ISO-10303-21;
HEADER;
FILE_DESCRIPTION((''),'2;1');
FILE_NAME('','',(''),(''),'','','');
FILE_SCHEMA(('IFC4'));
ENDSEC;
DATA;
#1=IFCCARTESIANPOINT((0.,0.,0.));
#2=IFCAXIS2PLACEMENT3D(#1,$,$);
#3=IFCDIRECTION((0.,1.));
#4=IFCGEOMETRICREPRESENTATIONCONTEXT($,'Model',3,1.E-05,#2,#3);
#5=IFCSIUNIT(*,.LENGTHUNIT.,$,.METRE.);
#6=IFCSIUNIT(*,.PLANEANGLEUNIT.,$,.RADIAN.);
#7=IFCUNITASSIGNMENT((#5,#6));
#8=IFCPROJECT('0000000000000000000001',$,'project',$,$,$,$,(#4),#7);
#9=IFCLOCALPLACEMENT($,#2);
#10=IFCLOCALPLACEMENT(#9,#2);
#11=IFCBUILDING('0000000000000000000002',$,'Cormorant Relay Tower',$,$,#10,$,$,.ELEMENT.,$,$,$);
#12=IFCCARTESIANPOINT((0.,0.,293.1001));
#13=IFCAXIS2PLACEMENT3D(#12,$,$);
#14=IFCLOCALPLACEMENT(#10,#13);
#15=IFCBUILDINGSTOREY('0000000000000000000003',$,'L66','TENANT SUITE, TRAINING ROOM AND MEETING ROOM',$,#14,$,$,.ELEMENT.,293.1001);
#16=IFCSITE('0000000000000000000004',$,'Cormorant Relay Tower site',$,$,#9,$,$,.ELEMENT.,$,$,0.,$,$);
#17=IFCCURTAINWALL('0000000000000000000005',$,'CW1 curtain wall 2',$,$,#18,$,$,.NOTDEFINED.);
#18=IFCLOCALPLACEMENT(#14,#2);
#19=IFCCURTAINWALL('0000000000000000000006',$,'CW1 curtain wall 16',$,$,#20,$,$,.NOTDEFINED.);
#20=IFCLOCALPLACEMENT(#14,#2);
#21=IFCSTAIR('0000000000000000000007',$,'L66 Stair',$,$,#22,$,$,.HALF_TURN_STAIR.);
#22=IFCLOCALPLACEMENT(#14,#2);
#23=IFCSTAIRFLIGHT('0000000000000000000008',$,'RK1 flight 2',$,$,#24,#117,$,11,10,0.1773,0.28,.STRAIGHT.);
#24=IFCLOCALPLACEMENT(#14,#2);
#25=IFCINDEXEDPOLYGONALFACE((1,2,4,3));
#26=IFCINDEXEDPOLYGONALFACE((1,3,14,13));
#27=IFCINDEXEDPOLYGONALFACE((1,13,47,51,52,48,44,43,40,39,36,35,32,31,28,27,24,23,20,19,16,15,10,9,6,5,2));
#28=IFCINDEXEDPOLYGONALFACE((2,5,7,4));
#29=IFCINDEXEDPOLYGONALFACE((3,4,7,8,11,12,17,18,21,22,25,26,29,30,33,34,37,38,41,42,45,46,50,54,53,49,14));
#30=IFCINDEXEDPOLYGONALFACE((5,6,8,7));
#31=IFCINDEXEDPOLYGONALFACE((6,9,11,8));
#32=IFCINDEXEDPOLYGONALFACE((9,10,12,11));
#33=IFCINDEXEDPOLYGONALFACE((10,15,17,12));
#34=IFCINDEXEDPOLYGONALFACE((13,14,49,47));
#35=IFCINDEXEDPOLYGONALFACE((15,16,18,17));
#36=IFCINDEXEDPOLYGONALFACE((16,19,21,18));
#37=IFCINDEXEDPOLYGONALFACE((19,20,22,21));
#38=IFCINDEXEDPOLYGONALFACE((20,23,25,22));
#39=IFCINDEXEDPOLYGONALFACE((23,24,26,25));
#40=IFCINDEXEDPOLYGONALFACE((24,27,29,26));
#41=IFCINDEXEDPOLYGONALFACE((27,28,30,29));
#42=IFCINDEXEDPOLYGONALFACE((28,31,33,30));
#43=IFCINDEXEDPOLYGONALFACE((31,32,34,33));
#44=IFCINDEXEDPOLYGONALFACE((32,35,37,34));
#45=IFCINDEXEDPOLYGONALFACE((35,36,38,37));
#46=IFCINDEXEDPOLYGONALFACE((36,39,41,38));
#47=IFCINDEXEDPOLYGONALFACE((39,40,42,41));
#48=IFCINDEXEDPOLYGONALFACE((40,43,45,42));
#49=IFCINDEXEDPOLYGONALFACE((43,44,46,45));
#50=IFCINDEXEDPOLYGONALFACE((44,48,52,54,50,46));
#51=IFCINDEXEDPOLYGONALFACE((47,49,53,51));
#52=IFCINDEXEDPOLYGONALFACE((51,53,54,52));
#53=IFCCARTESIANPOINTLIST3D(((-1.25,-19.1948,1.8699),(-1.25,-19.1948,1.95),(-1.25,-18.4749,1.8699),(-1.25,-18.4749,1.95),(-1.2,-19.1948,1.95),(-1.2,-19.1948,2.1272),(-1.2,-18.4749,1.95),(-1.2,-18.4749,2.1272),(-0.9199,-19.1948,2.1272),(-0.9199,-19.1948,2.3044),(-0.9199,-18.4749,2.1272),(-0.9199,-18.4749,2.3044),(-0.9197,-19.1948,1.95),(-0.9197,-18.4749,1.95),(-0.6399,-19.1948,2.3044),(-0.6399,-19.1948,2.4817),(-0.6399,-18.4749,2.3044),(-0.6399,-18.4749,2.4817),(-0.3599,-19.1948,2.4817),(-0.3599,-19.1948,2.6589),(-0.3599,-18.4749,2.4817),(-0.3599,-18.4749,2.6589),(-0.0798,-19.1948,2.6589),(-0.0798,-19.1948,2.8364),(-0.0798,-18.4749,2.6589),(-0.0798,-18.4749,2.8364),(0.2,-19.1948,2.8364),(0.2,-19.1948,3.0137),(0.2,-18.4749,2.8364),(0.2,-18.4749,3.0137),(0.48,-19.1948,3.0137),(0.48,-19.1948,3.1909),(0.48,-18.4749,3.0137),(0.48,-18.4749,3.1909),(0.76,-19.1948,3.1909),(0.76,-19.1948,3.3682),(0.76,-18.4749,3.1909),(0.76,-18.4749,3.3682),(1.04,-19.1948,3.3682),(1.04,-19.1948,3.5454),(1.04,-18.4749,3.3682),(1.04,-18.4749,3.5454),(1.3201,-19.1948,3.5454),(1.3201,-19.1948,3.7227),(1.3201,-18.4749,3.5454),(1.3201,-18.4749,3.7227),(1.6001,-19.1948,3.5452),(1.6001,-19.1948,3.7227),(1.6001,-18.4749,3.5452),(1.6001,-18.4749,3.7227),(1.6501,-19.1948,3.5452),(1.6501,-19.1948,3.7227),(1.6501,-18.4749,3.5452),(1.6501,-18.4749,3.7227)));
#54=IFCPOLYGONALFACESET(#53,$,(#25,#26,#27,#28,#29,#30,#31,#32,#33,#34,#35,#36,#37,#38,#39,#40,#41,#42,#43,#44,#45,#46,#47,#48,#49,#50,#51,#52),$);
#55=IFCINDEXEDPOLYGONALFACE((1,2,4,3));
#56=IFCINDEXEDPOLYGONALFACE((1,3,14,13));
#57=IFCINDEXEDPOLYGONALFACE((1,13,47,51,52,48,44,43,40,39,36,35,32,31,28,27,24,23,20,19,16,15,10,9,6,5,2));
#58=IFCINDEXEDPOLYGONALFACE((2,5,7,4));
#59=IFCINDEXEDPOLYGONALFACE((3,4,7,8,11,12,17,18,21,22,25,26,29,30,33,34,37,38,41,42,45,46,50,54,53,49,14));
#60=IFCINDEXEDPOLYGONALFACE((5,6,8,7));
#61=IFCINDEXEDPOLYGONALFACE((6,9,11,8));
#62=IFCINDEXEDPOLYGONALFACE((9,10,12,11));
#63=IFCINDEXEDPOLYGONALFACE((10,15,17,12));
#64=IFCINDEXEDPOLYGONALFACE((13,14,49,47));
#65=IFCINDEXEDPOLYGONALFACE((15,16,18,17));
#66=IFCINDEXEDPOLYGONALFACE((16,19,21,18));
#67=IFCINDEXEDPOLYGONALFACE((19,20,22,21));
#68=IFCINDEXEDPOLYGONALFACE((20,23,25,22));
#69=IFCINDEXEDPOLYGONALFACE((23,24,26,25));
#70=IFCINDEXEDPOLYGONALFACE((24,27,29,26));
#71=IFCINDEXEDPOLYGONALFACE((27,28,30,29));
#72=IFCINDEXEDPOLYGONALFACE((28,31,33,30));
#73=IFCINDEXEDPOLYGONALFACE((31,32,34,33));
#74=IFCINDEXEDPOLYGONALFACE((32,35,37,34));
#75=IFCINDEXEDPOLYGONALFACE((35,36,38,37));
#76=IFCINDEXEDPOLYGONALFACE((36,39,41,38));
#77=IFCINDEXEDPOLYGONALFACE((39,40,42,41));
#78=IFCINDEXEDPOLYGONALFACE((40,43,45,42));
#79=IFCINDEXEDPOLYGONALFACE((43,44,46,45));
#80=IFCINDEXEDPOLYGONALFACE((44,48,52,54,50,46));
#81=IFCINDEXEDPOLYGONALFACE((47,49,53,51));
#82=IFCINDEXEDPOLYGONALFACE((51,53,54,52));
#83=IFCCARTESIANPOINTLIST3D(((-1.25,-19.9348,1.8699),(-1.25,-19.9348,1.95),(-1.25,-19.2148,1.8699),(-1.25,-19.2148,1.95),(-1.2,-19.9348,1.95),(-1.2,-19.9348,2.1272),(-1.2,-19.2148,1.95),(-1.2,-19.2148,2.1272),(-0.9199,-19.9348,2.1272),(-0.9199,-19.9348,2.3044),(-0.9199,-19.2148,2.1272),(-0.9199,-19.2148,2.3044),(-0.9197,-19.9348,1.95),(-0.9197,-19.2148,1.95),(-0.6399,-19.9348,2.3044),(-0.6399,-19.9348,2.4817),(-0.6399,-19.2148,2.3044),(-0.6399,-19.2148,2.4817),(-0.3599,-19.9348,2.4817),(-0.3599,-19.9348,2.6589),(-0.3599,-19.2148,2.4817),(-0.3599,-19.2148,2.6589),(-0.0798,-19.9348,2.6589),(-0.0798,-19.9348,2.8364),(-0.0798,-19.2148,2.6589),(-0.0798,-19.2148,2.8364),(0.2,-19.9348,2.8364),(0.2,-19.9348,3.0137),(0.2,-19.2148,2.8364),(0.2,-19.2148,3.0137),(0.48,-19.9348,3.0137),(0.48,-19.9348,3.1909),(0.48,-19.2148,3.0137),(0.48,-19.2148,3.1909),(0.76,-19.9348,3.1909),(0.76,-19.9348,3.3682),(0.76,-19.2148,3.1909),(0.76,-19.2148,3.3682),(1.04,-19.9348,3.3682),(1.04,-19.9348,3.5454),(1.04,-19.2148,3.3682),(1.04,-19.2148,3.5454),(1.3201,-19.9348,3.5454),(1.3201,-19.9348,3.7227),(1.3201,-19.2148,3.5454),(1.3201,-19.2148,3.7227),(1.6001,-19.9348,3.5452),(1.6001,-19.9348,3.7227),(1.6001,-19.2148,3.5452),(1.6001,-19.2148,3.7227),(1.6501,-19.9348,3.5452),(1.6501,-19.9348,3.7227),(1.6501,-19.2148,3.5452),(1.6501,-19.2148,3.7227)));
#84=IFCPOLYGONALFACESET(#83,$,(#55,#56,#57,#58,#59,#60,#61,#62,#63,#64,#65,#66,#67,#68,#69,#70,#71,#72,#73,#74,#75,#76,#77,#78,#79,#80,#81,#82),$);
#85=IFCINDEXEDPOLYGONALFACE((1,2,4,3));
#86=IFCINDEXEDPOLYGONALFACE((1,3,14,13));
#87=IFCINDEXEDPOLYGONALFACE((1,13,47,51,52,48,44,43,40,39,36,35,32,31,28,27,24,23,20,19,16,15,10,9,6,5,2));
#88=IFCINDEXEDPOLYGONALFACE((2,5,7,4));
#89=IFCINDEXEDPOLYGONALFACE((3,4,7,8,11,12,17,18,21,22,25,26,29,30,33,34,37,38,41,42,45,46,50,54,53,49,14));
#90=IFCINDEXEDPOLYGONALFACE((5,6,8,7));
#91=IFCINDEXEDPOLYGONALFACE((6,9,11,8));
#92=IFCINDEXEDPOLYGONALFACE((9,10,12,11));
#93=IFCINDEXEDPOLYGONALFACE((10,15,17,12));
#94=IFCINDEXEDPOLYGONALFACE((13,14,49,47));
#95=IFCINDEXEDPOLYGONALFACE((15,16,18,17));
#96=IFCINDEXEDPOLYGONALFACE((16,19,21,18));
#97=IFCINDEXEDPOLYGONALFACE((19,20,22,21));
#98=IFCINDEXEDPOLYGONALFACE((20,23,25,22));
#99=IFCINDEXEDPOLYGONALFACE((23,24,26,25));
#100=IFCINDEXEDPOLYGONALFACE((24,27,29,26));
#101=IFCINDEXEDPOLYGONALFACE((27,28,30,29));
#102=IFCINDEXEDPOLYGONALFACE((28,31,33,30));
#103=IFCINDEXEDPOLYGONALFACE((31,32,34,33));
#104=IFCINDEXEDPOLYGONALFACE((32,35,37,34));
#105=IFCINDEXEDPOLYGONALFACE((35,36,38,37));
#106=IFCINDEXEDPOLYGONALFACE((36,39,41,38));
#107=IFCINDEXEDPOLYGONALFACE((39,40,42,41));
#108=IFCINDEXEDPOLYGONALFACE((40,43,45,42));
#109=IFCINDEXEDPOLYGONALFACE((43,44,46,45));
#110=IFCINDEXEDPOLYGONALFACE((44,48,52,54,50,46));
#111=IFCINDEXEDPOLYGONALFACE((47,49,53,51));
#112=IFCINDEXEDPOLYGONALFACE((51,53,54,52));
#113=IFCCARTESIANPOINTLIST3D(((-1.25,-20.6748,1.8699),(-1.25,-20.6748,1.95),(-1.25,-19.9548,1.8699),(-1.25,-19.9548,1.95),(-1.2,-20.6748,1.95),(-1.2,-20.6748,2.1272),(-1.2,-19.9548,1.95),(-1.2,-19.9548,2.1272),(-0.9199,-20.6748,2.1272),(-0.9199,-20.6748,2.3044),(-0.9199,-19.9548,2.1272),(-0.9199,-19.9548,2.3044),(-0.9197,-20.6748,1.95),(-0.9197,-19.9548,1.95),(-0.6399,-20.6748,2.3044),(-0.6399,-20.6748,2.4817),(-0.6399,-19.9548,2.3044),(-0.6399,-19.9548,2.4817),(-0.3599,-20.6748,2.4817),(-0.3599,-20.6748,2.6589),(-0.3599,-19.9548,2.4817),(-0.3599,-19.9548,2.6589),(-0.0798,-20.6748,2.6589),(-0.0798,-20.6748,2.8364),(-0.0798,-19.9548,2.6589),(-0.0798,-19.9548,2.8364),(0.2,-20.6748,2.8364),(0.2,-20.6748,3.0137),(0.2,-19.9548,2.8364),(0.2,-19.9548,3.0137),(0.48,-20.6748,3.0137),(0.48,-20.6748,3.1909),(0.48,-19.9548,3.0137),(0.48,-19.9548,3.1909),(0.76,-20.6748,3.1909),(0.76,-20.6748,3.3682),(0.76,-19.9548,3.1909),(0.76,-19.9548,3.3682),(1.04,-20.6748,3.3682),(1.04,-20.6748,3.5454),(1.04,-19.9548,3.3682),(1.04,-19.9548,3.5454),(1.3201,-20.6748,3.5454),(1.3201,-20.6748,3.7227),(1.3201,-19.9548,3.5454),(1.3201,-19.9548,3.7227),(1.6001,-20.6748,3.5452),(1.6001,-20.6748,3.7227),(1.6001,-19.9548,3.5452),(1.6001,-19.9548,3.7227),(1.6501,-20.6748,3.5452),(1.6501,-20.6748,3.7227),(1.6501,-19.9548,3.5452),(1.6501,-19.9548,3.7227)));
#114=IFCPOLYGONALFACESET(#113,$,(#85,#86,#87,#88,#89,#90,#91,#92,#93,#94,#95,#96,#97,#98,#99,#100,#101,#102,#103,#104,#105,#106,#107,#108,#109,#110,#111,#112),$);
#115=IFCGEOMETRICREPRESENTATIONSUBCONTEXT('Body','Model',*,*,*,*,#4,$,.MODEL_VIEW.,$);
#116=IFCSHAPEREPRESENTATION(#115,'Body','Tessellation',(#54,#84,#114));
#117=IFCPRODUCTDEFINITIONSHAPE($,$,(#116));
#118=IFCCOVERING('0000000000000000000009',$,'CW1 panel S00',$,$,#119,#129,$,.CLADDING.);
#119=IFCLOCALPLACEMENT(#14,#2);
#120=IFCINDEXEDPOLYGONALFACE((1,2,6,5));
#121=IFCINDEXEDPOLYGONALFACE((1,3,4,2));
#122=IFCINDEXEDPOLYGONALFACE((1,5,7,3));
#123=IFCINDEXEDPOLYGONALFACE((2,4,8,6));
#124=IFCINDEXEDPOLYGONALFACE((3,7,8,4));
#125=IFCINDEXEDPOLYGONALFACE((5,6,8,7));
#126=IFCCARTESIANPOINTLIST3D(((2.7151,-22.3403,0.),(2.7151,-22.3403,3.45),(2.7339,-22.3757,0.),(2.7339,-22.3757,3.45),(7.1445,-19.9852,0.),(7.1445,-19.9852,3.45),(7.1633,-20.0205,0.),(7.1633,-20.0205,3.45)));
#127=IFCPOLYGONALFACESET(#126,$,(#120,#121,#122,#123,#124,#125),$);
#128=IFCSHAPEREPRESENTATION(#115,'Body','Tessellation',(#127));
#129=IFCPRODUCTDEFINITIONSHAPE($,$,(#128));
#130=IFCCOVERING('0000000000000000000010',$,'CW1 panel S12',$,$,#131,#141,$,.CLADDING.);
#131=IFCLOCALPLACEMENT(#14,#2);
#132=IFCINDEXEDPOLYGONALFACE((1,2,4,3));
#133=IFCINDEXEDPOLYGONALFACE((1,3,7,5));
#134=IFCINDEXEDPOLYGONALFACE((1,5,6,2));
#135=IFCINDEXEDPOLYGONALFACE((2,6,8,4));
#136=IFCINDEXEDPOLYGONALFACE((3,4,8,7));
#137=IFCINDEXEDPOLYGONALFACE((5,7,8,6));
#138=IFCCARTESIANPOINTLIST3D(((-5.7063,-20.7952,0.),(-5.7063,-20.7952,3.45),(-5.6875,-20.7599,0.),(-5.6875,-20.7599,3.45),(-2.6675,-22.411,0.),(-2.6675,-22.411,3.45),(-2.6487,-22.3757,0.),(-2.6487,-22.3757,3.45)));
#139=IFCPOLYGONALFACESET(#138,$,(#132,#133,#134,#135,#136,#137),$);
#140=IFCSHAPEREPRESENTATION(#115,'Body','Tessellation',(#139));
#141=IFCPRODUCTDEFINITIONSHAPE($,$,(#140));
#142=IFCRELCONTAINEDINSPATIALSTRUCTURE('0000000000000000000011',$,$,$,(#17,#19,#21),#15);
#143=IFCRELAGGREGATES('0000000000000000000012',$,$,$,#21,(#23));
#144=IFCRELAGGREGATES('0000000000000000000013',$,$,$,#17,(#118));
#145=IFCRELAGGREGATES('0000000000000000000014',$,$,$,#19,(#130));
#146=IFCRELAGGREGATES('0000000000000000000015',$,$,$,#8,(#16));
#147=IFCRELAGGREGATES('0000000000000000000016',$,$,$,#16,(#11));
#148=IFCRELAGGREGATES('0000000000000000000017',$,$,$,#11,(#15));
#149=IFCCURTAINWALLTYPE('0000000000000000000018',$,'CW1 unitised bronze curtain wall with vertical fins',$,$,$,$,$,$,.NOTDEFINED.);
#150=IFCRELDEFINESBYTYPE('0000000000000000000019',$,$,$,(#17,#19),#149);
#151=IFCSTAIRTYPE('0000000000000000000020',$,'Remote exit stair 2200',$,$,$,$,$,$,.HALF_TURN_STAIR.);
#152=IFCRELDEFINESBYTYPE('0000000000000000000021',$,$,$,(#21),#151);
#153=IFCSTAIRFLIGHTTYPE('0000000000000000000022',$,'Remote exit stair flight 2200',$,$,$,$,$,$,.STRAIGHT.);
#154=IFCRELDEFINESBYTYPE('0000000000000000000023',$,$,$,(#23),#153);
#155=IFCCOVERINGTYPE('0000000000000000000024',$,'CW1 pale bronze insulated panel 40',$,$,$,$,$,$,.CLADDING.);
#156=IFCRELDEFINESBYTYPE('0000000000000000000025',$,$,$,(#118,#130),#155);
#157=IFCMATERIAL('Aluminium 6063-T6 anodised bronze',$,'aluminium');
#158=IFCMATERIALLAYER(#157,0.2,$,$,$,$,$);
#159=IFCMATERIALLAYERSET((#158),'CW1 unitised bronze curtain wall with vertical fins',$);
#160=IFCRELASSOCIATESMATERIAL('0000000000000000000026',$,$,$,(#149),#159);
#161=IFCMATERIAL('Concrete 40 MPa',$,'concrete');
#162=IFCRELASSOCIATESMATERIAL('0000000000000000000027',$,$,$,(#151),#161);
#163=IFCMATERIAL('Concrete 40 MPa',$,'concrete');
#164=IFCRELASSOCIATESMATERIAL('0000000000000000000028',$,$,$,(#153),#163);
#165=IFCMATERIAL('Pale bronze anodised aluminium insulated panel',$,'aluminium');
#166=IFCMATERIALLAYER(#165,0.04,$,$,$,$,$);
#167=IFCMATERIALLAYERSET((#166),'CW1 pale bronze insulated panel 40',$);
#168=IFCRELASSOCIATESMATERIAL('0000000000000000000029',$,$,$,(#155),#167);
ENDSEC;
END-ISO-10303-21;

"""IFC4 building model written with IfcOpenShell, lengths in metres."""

from ifc_helpers import new_model, si_unit, direction, frame, origin, origin_2d, place, context, subcontext, project, spatial, polyline, rectangle, outline, extrude, material, layer, layer_set, type_object, element, aggregate, save


model = new_model("IFC4")

# Units and contexts
model_context = context("Model", 3, precision=1e-05, world=origin(), true_north=direction((0.0, 1.0)))
body_context = subcontext(model_context, "Body", "Model", "MODEL_VIEW")
ifc_project = project(units=[si_unit("LENGTHUNIT", "METRE"), si_unit("PLANEANGLEUNIT", "RADIAN")], contexts=[model_context])

# Site, building, storey
site_placement = place(None, origin())
site = spatial("IfcSite", under=ifc_project, at=site_placement, Name="Cormorant Relay Tower site", CompositionType="ELEMENT", RefElevation=0.0)
building_placement = place(site_placement, origin())
building = spatial("IfcBuilding", under=site, at=building_placement, Name="Cormorant Relay Tower", CompositionType="ELEMENT")
storey_placement = place(building_placement, frame((0.0, 0.0, 293.1001)))
storey = spatial("IfcBuildingStorey", under=building, at=storey_placement, Name="L66", Description="TENANT SUITE, TRAINING ROOM AND MEETING ROOM", CompositionType="ELEMENT", Elevation=293.1001)

# Shared definitions
ifc_material_1 = material(Name="Aluminium 6063-T6 anodised bronze", Category="aluminium")
ifc_layer_1 = layer(ifc_material_1, 0.2)
ifc_layer_set_1 = layer_set([ifc_layer_1], Name="CW1 unitised bronze curtain wall with vertical fins")
curtain_wall_type = type_object("IfcCurtainWallType", Name="CW1 unitised bronze curtain wall with vertical fins", PredefinedType="NOTDEFINED", material=ifc_layer_set_1)

# Curtain wall
curtain_wall_1_placement = place(storey_placement, origin())
curtain_wall_1 = element("IfcCurtainWall", 1, at=curtain_wall_1_placement, inside=storey, type_object=curtain_wall_type, Name="CW1 curtain wall 2", PredefinedType="NOTDEFINED")

# Curtain wall
curtain_wall_2_placement = place(storey_placement, origin())
curtain_wall_2 = element("IfcCurtainWall", 2, at=curtain_wall_2_placement, inside=storey, type_object=curtain_wall_type, Name="CW1 curtain wall 16", PredefinedType="NOTDEFINED")

# Stair, stair flight
ifc_material_2 = material(Name="Concrete 40 MPa", Category="concrete")
stair_type = type_object("IfcStairType", Name="Remote exit stair 2200", PredefinedType="HALF_TURN_STAIR", material=ifc_material_2)
stair_placement = place(storey_placement, origin())
stair = element("IfcStair", 3, at=stair_placement, inside=storey, type_object=stair_type, Name="L66 Stair", PredefinedType="HALF_TURN_STAIR")
ifc_material_3 = material(Name="Concrete 40 MPa", Category="concrete")
stair_flight_type = type_object("IfcStairFlightType", Name="Remote exit stair flight 2200", PredefinedType="STRAIGHT", material=ifc_material_3)
stair_flight_placement = place(storey_placement, frame((-1.2, -19.575, 1.95), z_axis=(0.0, 0.0, 1.0), x_axis=(1.0, 0.0, 0.0)))
stair_flight = element("IfcStairFlight", 4, at=stair_flight_placement, type_object=stair_flight_type, Name="RK1 flight 2", NumberOfRisers=11, NumberOfTreads=10, PredefinedType="STRAIGHT", RiserHeight=0.1773, TreadLength=0.28, context=body_context, shape_type="SweptSolid", body=[
    extrude(outline(polyline([(-0.05, -0.0801), (-0.05, 0.0), (0.0, 0.0), (0.0, 0.1772), (0.28, 0.1772), (0.28, 0.3545), (0.5601, 0.3545), (0.5601, 0.5317), (0.8401, 0.5317), (0.8401, 0.709), (1.1201, 0.709), (1.1201, 0.8865), (1.3999, 0.8865), (1.3999, 1.0637), (1.6799, 1.0637), (1.6799, 1.241), (1.96, 1.241), (1.96, 1.4182), (2.24, 1.4182), (2.24, 1.5955), (2.52, 1.5955), (2.52, 1.7727), (2.8, 1.7727), (2.8501, 1.7727), (2.8501, 1.5952), (2.8, 1.5952), (0.2803, 0.0), (-0.05, -0.0801)])), frame((0.0, 1.1001, 0.0), z_axis=(0.0, -1.0, 0.0), x_axis=(1.0, 0.0, 0.0)), (0.0, 0.0, 1.0), 0.72),
    extrude(outline(polyline([(-0.05, -0.0801), (-0.05, 0.0), (0.0, 0.0), (0.0, 0.1772), (0.28, 0.1772), (0.28, 0.3545), (0.5601, 0.3545), (0.5601, 0.5317), (0.8401, 0.5317), (0.8401, 0.709), (1.1201, 0.709), (1.1201, 0.8865), (1.3999, 0.8865), (1.3999, 1.0637), (1.6799, 1.0637), (1.6799, 1.241), (1.96, 1.241), (1.96, 1.4182), (2.24, 1.4182), (2.24, 1.5955), (2.52, 1.5955), (2.52, 1.7727), (2.8, 1.7727), (2.8501, 1.7727), (2.8501, 1.5952), (2.8, 1.5952), (0.2803, 0.0), (-0.05, -0.0801)])), frame((0.0, 0.3601, 0.0), z_axis=(0.0, -1.0, 0.0), x_axis=(1.0, 0.0, 0.0)), (0.0, 0.0, 1.0), 0.72),
    extrude(outline(polyline([(-0.05, -0.0801), (-0.05, 0.0), (0.0, 0.0), (0.0, 0.1772), (0.28, 0.1772), (0.28, 0.3545), (0.5601, 0.3545), (0.5601, 0.5317), (0.8401, 0.5317), (0.8401, 0.709), (1.1201, 0.709), (1.1201, 0.8865), (1.3999, 0.8865), (1.3999, 1.0637), (1.6799, 1.0637), (1.6799, 1.241), (1.96, 1.241), (1.96, 1.4182), (2.24, 1.4182), (2.24, 1.5955), (2.52, 1.5955), (2.52, 1.7727), (2.8, 1.7727), (2.8501, 1.7727), (2.8501, 1.5952), (2.8, 1.5952), (0.2803, 0.0), (-0.05, -0.0801)])), frame((0.0, -0.3799, 0.0), z_axis=(0.0, -1.0, 0.0), x_axis=(1.0, 0.0, 0.0)), (0.0, 0.0, 1.0), 0.72),
])
aggregate(stair, [stair_flight])

# Coverings
ifc_material_4 = material(Name="Pale bronze anodised aluminium insulated panel", Category="aluminium")
ifc_layer_2 = layer(ifc_material_4, 0.04)
ifc_layer_set_2 = layer_set([ifc_layer_2], Name="CW1 pale bronze insulated panel 40")
covering_type = type_object("IfcCoveringType", Name="CW1 pale bronze insulated panel 40", PredefinedType="CLADDING", material=ifc_layer_set_2)
covering_1_placement = place(storey_placement, frame((4.9392, -21.1804, 0.0), z_axis=(0.0, 0.0, 1.0), x_axis=(0.882948, 0.469472, 0.0)))
covering_1 = element("IfcCovering", 5, at=covering_1_placement, type_object=covering_type, Name="CW1 panel S00", PredefinedType="CLADDING", context=body_context, shape_type="SweptSolid", body=[
    extrude(rectangle(XDim=5.0166, YDim=0.04, at=origin_2d()), origin(), (0.0, 0.0, 1.0), 3.45),
])
aggregate(curtain_wall_1, [covering_1])
covering_2_placement = place(storey_placement, frame((-4.1775, -21.5854, 0.0), z_axis=(0.0, 0.0, 1.0), x_axis=(0.882948, -0.469472, 0.0)))
covering_2 = element("IfcCovering", 6, at=covering_2_placement, type_object=covering_type, Name="CW1 panel S12", PredefinedType="CLADDING", context=body_context, shape_type="SweptSolid", body=[
    extrude(rectangle(XDim=3.4417, YDim=0.04, at=origin_2d()), origin(), (0.0, 0.0, 1.0), 3.45),
])
aggregate(curtain_wall_2, [covering_2])

save(model, "model.ifc")
